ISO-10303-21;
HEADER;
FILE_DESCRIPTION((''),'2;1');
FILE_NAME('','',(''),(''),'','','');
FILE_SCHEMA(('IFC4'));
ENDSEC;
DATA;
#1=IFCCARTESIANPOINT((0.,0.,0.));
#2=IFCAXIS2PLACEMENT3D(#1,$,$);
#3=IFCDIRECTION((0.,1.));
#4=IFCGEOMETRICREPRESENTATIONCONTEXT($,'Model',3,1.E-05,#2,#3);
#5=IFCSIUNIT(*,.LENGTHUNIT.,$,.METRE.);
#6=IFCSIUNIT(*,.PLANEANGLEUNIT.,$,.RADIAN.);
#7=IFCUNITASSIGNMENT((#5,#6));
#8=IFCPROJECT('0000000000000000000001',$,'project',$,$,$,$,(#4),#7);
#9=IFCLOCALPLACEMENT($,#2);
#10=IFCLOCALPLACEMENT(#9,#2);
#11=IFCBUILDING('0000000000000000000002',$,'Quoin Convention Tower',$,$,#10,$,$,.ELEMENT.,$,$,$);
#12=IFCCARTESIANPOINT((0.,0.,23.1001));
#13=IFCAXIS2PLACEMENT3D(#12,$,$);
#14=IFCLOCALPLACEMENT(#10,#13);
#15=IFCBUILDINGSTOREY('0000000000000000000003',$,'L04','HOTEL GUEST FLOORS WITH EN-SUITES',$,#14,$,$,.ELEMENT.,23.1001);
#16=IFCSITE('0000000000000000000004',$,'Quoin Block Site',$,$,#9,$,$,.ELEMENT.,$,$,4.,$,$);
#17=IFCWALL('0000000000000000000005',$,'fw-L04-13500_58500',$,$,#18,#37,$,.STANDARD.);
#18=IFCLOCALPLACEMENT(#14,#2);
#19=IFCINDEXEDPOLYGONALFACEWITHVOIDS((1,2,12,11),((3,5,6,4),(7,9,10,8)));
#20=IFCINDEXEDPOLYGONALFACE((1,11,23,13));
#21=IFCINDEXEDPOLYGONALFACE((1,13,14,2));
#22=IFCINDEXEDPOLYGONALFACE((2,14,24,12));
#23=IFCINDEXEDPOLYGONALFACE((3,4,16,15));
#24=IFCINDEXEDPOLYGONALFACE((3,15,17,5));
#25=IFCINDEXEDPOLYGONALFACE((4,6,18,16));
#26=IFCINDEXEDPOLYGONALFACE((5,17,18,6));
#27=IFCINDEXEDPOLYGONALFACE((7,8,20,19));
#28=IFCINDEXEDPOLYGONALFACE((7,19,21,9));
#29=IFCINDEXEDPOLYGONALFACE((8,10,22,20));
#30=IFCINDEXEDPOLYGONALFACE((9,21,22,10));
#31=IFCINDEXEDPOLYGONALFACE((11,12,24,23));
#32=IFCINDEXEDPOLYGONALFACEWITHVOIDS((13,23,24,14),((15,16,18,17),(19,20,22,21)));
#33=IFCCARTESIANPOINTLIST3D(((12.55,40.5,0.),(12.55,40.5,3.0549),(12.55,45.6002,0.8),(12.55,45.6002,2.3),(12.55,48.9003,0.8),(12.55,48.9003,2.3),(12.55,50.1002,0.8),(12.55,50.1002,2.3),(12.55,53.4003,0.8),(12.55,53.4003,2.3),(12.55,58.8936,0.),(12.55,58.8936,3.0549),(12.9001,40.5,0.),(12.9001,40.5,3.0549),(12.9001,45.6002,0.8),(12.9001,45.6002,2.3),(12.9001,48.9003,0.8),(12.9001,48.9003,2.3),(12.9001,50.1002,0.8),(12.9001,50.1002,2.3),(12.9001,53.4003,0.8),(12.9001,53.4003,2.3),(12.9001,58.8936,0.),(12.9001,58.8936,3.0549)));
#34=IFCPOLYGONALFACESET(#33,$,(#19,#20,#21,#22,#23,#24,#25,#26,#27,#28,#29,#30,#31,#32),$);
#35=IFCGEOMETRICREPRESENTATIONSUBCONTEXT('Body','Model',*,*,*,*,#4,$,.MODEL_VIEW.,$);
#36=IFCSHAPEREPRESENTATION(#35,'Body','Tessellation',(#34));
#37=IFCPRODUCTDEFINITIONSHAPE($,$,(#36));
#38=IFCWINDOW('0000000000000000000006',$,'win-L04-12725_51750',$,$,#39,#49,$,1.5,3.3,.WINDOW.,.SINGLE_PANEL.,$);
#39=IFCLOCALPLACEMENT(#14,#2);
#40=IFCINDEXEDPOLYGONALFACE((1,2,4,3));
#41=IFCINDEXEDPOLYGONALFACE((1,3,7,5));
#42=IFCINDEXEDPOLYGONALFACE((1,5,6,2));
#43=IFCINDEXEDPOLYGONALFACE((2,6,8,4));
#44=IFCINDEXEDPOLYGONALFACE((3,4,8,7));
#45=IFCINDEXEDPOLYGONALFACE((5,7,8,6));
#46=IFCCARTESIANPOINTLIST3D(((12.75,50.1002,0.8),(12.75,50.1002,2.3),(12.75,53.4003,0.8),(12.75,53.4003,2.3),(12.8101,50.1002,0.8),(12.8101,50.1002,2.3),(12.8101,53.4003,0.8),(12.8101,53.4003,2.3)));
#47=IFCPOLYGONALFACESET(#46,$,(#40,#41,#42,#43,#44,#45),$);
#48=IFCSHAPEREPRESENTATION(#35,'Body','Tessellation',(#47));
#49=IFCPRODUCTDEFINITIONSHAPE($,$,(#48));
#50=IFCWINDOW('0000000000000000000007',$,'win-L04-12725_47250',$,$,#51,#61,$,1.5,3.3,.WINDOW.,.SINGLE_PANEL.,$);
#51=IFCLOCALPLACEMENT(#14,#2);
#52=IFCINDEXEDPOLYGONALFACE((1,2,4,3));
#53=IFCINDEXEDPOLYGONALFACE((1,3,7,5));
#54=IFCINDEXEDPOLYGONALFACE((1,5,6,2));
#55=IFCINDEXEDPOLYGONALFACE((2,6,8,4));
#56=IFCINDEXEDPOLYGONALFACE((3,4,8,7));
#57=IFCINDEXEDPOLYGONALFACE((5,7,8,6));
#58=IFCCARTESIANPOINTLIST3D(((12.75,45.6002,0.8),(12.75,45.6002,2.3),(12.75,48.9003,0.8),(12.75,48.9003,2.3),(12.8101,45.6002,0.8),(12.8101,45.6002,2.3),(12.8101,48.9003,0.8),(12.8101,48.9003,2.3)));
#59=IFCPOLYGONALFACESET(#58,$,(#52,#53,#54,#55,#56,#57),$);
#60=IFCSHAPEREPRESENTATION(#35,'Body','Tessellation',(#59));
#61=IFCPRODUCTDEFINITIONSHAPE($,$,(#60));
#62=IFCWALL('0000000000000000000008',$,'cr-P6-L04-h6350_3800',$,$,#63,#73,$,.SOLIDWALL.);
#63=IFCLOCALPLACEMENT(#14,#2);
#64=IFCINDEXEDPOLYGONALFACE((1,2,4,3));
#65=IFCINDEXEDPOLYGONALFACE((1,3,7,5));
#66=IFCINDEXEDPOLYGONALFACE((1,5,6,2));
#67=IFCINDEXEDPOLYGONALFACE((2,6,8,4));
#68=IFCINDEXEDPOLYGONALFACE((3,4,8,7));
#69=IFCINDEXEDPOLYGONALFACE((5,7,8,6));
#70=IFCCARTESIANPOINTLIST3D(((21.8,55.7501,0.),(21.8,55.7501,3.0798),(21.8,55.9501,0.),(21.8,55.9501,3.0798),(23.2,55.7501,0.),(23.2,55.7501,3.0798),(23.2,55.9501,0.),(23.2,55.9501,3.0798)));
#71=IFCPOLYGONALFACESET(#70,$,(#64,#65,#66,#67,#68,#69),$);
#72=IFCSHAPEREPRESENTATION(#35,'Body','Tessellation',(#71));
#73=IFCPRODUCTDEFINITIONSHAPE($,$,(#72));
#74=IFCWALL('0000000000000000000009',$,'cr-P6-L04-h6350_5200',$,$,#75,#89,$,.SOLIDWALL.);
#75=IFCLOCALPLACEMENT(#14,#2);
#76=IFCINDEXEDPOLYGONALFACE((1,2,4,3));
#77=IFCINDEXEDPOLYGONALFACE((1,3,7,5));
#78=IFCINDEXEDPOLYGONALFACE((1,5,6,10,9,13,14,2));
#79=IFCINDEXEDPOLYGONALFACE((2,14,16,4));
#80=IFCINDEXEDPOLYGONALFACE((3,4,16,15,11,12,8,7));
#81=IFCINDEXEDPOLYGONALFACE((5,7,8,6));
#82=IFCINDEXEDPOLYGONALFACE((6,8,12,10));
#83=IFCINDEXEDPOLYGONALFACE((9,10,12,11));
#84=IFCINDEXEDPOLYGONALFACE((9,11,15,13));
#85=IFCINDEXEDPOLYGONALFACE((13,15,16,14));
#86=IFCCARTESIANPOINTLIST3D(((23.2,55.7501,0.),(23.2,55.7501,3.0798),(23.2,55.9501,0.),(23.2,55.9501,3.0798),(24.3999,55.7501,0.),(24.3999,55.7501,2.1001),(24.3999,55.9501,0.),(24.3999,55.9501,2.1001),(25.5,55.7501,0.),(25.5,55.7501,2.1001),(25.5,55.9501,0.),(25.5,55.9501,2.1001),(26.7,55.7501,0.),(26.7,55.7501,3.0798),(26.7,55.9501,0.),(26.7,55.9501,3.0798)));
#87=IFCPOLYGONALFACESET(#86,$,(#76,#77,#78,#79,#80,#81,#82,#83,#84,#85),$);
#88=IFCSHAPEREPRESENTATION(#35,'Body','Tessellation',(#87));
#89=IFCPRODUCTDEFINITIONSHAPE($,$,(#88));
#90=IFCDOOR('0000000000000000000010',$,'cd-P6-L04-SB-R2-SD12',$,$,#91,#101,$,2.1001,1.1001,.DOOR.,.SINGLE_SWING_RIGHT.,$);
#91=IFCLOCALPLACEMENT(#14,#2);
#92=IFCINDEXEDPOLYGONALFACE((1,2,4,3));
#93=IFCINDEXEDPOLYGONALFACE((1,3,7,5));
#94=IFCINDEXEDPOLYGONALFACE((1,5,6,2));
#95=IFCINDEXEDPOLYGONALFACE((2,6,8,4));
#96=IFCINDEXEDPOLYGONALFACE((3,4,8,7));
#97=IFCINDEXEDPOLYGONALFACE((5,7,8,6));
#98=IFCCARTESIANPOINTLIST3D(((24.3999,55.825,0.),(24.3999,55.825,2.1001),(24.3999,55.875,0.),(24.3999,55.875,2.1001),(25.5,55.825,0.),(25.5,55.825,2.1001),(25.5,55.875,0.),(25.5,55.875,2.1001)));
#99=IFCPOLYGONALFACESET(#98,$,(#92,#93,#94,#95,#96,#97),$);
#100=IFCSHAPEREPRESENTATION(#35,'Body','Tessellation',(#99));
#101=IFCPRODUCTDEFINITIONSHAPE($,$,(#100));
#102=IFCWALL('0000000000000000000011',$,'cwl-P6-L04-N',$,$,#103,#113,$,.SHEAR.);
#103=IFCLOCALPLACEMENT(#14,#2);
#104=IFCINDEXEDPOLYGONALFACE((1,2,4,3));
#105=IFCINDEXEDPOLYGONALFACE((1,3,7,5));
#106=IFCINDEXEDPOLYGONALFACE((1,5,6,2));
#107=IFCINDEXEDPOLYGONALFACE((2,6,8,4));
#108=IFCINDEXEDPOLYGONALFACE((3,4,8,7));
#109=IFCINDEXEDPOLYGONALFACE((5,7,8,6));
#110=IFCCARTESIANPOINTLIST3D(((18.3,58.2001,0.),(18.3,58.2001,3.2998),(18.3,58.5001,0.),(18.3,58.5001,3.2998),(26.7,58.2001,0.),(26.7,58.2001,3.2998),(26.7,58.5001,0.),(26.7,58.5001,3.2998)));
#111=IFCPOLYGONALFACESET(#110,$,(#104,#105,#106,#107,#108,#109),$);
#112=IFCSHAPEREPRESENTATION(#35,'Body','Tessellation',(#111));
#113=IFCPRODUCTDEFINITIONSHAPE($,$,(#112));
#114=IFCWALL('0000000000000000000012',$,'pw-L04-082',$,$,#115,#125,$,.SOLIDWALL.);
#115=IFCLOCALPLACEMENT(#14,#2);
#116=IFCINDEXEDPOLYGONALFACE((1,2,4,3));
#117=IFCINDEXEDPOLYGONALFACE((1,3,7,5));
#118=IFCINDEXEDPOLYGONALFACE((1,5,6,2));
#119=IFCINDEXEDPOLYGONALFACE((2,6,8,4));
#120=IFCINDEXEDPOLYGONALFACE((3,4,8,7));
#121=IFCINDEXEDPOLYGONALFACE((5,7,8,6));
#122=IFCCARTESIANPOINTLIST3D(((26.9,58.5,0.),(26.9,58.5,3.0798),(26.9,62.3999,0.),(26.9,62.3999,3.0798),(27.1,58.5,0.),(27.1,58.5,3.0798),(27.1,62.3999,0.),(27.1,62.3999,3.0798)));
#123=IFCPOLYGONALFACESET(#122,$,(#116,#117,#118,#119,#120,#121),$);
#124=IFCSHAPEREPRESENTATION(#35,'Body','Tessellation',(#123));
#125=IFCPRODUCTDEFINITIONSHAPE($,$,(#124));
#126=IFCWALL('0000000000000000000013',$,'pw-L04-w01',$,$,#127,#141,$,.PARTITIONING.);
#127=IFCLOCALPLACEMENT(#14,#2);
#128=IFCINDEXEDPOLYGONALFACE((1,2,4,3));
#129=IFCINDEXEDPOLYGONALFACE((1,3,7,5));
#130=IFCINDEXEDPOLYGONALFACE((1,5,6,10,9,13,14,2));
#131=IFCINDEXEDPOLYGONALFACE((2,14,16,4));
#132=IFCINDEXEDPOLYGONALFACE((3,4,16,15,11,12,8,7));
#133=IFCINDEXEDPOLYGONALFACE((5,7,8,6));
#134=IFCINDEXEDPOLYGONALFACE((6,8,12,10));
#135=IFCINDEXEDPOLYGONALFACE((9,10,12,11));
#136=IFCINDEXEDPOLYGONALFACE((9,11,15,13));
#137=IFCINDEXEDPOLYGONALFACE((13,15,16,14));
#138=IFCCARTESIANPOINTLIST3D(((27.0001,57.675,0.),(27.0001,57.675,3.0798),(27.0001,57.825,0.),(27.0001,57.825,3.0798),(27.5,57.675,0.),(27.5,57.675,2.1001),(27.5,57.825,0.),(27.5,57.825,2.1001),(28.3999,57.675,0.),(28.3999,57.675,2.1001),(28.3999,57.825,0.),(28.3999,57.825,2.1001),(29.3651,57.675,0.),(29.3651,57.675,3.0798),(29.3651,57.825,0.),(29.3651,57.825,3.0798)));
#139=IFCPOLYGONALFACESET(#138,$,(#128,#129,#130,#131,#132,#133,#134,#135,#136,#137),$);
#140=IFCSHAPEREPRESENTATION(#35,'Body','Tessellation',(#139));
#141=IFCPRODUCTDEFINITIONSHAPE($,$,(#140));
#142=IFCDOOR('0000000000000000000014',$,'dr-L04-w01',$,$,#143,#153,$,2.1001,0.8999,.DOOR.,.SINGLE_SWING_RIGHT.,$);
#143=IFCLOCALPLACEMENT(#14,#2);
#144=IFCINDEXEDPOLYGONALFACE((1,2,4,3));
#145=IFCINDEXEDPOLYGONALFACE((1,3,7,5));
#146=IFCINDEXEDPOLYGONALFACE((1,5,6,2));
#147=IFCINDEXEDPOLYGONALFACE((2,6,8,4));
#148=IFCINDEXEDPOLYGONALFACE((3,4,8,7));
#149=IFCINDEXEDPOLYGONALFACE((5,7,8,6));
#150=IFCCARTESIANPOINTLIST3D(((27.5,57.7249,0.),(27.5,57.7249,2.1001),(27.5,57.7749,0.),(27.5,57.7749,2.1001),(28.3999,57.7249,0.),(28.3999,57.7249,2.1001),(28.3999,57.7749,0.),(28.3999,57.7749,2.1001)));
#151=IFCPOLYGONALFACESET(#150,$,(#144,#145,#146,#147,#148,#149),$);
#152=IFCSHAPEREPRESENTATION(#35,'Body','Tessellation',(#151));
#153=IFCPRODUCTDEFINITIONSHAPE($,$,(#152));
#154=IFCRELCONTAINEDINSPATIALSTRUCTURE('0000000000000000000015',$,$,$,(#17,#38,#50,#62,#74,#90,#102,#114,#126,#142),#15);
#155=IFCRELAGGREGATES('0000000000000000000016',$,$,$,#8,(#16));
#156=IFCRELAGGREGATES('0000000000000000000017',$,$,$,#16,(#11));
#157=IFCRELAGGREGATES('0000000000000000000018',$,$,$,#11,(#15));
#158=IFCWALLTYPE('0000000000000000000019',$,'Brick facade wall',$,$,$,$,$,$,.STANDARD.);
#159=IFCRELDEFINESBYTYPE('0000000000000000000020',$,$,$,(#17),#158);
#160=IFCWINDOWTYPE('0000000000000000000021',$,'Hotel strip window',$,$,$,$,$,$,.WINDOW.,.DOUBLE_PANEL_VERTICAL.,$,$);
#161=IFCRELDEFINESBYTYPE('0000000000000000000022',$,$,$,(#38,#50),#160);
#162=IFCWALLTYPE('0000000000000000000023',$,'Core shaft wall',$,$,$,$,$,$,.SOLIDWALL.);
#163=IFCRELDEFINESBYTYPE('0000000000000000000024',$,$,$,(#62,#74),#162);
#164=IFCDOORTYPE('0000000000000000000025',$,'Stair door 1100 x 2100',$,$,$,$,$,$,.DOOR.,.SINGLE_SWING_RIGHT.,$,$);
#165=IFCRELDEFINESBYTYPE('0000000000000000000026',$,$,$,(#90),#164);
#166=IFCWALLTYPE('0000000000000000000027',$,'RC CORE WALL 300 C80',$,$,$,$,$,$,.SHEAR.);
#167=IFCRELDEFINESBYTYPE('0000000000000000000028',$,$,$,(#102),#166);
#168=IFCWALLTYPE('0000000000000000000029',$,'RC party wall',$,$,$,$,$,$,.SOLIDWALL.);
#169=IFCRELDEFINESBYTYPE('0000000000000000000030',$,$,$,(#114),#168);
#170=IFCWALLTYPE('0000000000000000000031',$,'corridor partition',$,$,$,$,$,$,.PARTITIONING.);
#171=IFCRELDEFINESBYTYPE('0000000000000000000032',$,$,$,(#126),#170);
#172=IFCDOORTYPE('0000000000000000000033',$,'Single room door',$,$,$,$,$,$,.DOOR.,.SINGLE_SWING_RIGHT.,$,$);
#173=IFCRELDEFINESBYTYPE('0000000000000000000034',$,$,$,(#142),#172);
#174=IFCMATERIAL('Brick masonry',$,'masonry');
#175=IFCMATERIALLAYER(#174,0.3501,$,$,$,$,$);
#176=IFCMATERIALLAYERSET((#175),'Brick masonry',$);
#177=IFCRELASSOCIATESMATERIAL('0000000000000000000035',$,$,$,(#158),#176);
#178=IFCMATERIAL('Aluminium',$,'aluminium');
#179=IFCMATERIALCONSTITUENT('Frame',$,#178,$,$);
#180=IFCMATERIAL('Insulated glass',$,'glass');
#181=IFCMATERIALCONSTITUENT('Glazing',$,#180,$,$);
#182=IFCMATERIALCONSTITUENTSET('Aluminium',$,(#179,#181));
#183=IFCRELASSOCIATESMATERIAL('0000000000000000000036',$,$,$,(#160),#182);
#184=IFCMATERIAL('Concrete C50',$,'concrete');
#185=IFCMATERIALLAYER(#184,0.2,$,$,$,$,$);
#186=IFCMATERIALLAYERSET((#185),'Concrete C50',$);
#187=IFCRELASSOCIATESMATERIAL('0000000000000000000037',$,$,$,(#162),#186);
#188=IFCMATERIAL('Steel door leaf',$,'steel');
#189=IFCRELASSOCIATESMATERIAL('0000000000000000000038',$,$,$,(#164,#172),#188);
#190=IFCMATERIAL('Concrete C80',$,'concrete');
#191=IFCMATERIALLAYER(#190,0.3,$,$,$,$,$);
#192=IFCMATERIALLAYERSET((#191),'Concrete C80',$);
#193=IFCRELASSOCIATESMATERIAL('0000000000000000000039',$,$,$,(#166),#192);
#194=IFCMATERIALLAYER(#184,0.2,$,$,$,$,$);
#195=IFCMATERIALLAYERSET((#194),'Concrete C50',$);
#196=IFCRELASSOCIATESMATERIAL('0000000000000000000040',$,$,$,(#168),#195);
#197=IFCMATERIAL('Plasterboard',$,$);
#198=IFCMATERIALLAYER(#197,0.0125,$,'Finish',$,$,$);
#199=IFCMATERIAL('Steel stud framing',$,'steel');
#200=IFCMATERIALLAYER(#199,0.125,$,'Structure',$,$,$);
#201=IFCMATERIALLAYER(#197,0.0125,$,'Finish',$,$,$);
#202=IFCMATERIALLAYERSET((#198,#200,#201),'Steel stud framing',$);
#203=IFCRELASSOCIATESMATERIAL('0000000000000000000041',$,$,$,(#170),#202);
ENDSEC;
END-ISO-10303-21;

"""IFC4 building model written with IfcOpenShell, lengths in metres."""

from ifc_helpers import new_model, si_unit, direction, frame, frame_2d, origin, place, context, subcontext, project, spatial, rectangle, extrude, material, layer, layer_set, constituent, constituent_set, type_object, element, fill, save


model = new_model("IFC4")

# Units and contexts
model_context = context("Model", 3, precision=1e-05, world=origin(), true_north=direction((0.0, 1.0)))
body_context = subcontext(model_context, "Body", "Model", "MODEL_VIEW")
ifc_project = project(units=[si_unit("LENGTHUNIT", "METRE"), si_unit("PLANEANGLEUNIT", "RADIAN")], contexts=[model_context])

# Site, building, storey
site_placement = place(None, origin())
site = spatial("IfcSite", under=ifc_project, at=site_placement, Name="Quoin Block Site", CompositionType="ELEMENT", RefElevation=4.0)
building_placement = place(site_placement, origin())
building = spatial("IfcBuilding", under=site, at=building_placement, Name="Quoin Convention Tower", CompositionType="ELEMENT")
storey_placement = place(building_placement, frame((0.0, 0.0, 23.1001)))
storey = spatial("IfcBuildingStorey", under=building, at=storey_placement, Name="L04", Description="HOTEL GUEST FLOORS WITH EN-SUITES", CompositionType="ELEMENT", Elevation=23.1001)

# Shared definitions
ifc_material_1 = material(Name="Concrete C80", Category="concrete")

# Shared definitions
ifc_material_2 = material(Name="Brick masonry", Category="masonry")
ifc_layer_1 = layer(ifc_material_2, 0.3501)
ifc_layer_set_1 = layer_set([ifc_layer_1], Name="Brick masonry")
wall_type_1 = type_object("IfcWallType", Name="Brick facade wall", PredefinedType="STANDARD", material=ifc_layer_set_1)
ifc_material_3 = material(Name="Aluminium", Category="aluminium")
ifc_constituent_1 = constituent(ifc_material_3, Name="Frame")
ifc_material_4 = material(Name="Insulated glass", Category="glass")
ifc_constituent_2 = constituent(ifc_material_4, Name="Glazing")
ifc_constituent_set = constituent_set(constituents=[ifc_constituent_1, ifc_constituent_2], Name="Aluminium")
window_type = type_object("IfcWindowType", Name="Hotel strip window", PartitioningType="DOUBLE_PANEL_VERTICAL", PredefinedType="WINDOW", material=ifc_constituent_set)

# Wall, openings, windows
wall_1_placement = place(storey_placement, frame((12.7251, 58.8936, 0.0), z_axis=(0.0, 0.0, 1.0), x_axis=(0.0, -1.0, 0.0)))
wall_1 = element("IfcWall", 1, at=wall_1_placement, inside=storey, type_object=wall_type_1, Name="fw-L04-13500_58500", PredefinedType="STANDARD", context=body_context, shape_type="SweptSolid", body=[
    extrude(rectangle(XDim=18.3936, YDim=0.3501, at=frame_2d((9.1968, 0.0))), origin(), (0.0, 0.0, 1.0), 3.0549),
])
opening_1_placement = place(wall_1_placement, frame((5.4934, 0.0, 0.8)))
opening_1 = element("IfcOpeningElement", 2, at=opening_1_placement, cuts=wall_1, PredefinedType="OPENING", context=body_context, shape_type="SweptSolid", body=[
    extrude(rectangle(XDim=3.3, YDim=1.5, at=frame_2d((1.6499, 0.75))), frame((0.0, 0.1851, 0.0), z_axis=(0.0, -1.0, 0.0), x_axis=(1.0, 0.0, 0.0)), (0.0, 0.0, 1.0), 0.3701),
])
opening_2_placement = place(wall_1_placement, frame((9.9934, 0.0, 0.8)))
opening_2 = element("IfcOpeningElement", 3, at=opening_2_placement, cuts=wall_1, PredefinedType="OPENING", context=body_context, shape_type="SweptSolid", body=[
    extrude(rectangle(XDim=3.3, YDim=1.5, at=frame_2d((1.6499, 0.75))), frame((0.0, 0.1851, 0.0), z_axis=(0.0, -1.0, 0.0), x_axis=(1.0, 0.0, 0.0)), (0.0, 0.0, 1.0), 0.3701),
])
window_1_placement = place(opening_1_placement, origin())
window_1 = element("IfcWindow", 4, at=window_1_placement, inside=storey, type_object=window_type, Name="win-L04-12725_51750", OverallHeight=1.5, OverallWidth=3.3, PartitioningType="SINGLE_PANEL", PredefinedType="WINDOW", context=body_context, shape_type="SweptSolid", body=[
    extrude(rectangle(XDim=3.3, YDim=1.5, at=frame_2d((1.6499, 0.75))), frame((0.0, 0.085, 0.0), z_axis=(0.0, -1.0, 0.0), x_axis=(1.0, 0.0, 0.0)), (0.0, 0.0, 1.0), 0.0601),
])
fill(opening_1, window_1)
window_2_placement = place(opening_2_placement, origin())
window_2 = element("IfcWindow", 5, at=window_2_placement, inside=storey, type_object=window_type, Name="win-L04-12725_47250", OverallHeight=1.5, OverallWidth=3.3, PartitioningType="SINGLE_PANEL", PredefinedType="WINDOW", context=body_context, shape_type="SweptSolid", body=[
    extrude(rectangle(XDim=3.3, YDim=1.5, at=frame_2d((1.6499, 0.75))), frame((0.0, 0.085, 0.0), z_axis=(0.0, -1.0, 0.0), x_axis=(1.0, 0.0, 0.0)), (0.0, 0.0, 1.0), 0.0601),
])
fill(opening_2, window_2)

# Wall
ifc_material_5 = material(Name="Concrete C50", Category="concrete")
ifc_layer_2 = layer(ifc_material_5, 0.2)
ifc_layer_set_2 = layer_set([ifc_layer_2], Name="Concrete C50")
wall_type_2 = type_object("IfcWallType", Name="Core shaft wall", PredefinedType="SOLIDWALL", material=ifc_layer_set_2)
wall_2_placement = place(storey_placement, frame((21.8, 55.8501, 0.0), z_axis=(0.0, 0.0, 1.0), x_axis=(1.0, 0.0, 0.0)))
element("IfcWall", 6, at=wall_2_placement, inside=storey, type_object=wall_type_2, Name="cr-P6-L04-h6350_3800", PredefinedType="SOLIDWALL", context=body_context, shape_type="SweptSolid", body=[
    extrude(rectangle(XDim=1.3999, YDim=0.2, at=frame_2d((0.7, 0.0))), origin(), (0.0, 0.0, 1.0), 3.0798),
])

# Wall, opening, door
wall_3_placement = place(storey_placement, frame((23.2, 55.8501, 0.0), z_axis=(0.0, 0.0, 1.0), x_axis=(1.0, 0.0, 0.0)))
wall_3 = element("IfcWall", 7, at=wall_3_placement, inside=storey, type_object=wall_type_2, Name="cr-P6-L04-h6350_5200", PredefinedType="SOLIDWALL", context=body_context, shape_type="SweptSolid", body=[
    extrude(rectangle(XDim=3.5, YDim=0.2, at=frame_2d((1.75, 0.0))), origin(), (0.0, 0.0, 1.0), 3.0798),
])
opening_3_placement = place(wall_3_placement, frame((1.2, 0.0, 0.0)))
opening_3 = element("IfcOpeningElement", 8, at=opening_3_placement, cuts=wall_3, PredefinedType="OPENING", context=body_context, shape_type="SweptSolid", body=[
    extrude(rectangle(XDim=1.1001, YDim=2.1001, at=frame_2d((0.55, 1.05))), frame((0.0, 0.1099, 0.0), z_axis=(0.0, -1.0, 0.0), x_axis=(1.0, 0.0, 0.0)), (0.0, 0.0, 1.0), 0.22),
])
ifc_material_6 = material(Name="Steel door leaf", Category="steel")
door_type_1 = type_object("IfcDoorType", Name="Stair door 1100 x 2100", OperationType="SINGLE_SWING_RIGHT", PredefinedType="DOOR", material=ifc_material_6)
door_1_placement = place(opening_3_placement, origin())
door_1 = element("IfcDoor", 9, at=door_1_placement, inside=storey, type_object=door_type_1, Name="cd-P6-L04-SB-R2-SD12", OperationType="SINGLE_SWING_RIGHT", OverallHeight=2.1001, OverallWidth=1.1001, PredefinedType="DOOR", context=body_context, shape_type="SweptSolid", body=[
    extrude(rectangle(XDim=1.1001, YDim=2.1001, at=frame_2d((0.55, 1.05))), frame((0.0, 0.0249, 0.0), z_axis=(0.0, -1.0, 0.0), x_axis=(1.0, 0.0, 0.0)), (0.0, 0.0, 1.0), 0.05),
])
fill(opening_3, door_1)

# Walls
ifc_layer_3 = layer(ifc_material_1, 0.3)
ifc_layer_set_3 = layer_set([ifc_layer_3], Name="Concrete C80")
wall_type_3 = type_object("IfcWallType", Name="RC CORE WALL 300 C80", PredefinedType="SHEAR", material=ifc_layer_set_3)
wall_4_placement = place(storey_placement, frame((18.3, 58.3501, 0.0), z_axis=(0.0, 0.0, 1.0), x_axis=(1.0, 0.0, 0.0)))
element("IfcWall", 10, at=wall_4_placement, inside=storey, type_object=wall_type_3, Name="cwl-P6-L04-N", PredefinedType="SHEAR", context=body_context, shape_type="SweptSolid", body=[
    extrude(rectangle(XDim=8.3999, YDim=0.3, at=frame_2d((4.2, 0.0))), origin(), (0.0, 0.0, 1.0), 3.2998),
])
ifc_layer_4 = layer(ifc_material_5, 0.2)
ifc_layer_set_4 = layer_set([ifc_layer_4], Name="Concrete C50")
wall_type_4 = type_object("IfcWallType", Name="RC party wall", PredefinedType="SOLIDWALL", material=ifc_layer_set_4)
wall_5_placement = place(storey_placement, frame((27.0, 58.5, 0.0), z_axis=(0.0, 0.0, 1.0), x_axis=(0.0, 1.0, 0.0)))
element("IfcWall", 11, at=wall_5_placement, inside=storey, type_object=wall_type_4, Name="pw-L04-082", PredefinedType="SOLIDWALL", context=body_context, shape_type="SweptSolid", body=[
    extrude(rectangle(XDim=3.8999, YDim=0.2, at=frame_2d((1.95, 0.0))), origin(), (0.0, 0.0, 1.0), 3.0798),
])

# Wall, opening, door
ifc_material_7 = material(Name="Plasterboard")
ifc_layer_5 = layer(ifc_material_7, 0.0125, Name="Finish")
ifc_material_8 = material(Name="Steel stud framing", Category="steel")
ifc_layer_6 = layer(ifc_material_8, 0.125, Name="Structure")
ifc_layer_7 = layer(ifc_material_7, 0.0125, Name="Finish")
ifc_layer_set_5 = layer_set([ifc_layer_5, ifc_layer_6, ifc_layer_7], Name="Steel stud framing")
wall_type_5 = type_object("IfcWallType", Name="corridor partition", PredefinedType="PARTITIONING", material=ifc_layer_set_5)
wall_6_placement = place(storey_placement, frame((27.0, 57.75, 0.0), z_axis=(0.0, 0.0, 1.0), x_axis=(1.0, 0.0, 0.0)))
wall_6 = element("IfcWall", 12, at=wall_6_placement, inside=storey, type_object=wall_type_5, Name="pw-L04-w01", PredefinedType="PARTITIONING", context=body_context, shape_type="SweptSolid", body=[
    extrude(rectangle(XDim=2.365, YDim=0.1499, at=frame_2d((1.1826, 0.0))), origin(), (0.0, 0.0, 1.0), 3.0798),
])
opening_4_placement = place(wall_6_placement, frame((0.5, 0.0, 0.0)))
opening_4 = element("IfcOpeningElement", 13, at=opening_4_placement, cuts=wall_6, PredefinedType="OPENING", context=body_context, shape_type="SweptSolid", body=[
    extrude(rectangle(XDim=0.8999, YDim=2.1001, at=frame_2d((0.45, 1.05))), frame((0.0, 0.085, 0.0), z_axis=(0.0, -1.0, 0.0), x_axis=(1.0, 0.0, 0.0)), (0.0, 0.0, 1.0), 0.1699),
])
door_type_2 = type_object("IfcDoorType", Name="Single room door", OperationType="SINGLE_SWING_RIGHT", PredefinedType="DOOR", material=ifc_material_6)
door_2_placement = place(opening_4_placement, origin())
door_2 = element("IfcDoor", 14, at=door_2_placement, inside=storey, type_object=door_type_2, Name="dr-L04-w01", OperationType="SINGLE_SWING_RIGHT", OverallHeight=2.1001, OverallWidth=0.8999, PredefinedType="DOOR", context=body_context, shape_type="SweptSolid", body=[
    extrude(rectangle(XDim=0.8999, YDim=2.1001, at=frame_2d((0.45, 1.05))), frame((0.0, 0.0249, 0.0), z_axis=(0.0, -1.0, 0.0), x_axis=(1.0, 0.0, 0.0)), (0.0, 0.0, 1.0), 0.05),
])
fill(opening_4, door_2)

save(model, "model.ifc")
